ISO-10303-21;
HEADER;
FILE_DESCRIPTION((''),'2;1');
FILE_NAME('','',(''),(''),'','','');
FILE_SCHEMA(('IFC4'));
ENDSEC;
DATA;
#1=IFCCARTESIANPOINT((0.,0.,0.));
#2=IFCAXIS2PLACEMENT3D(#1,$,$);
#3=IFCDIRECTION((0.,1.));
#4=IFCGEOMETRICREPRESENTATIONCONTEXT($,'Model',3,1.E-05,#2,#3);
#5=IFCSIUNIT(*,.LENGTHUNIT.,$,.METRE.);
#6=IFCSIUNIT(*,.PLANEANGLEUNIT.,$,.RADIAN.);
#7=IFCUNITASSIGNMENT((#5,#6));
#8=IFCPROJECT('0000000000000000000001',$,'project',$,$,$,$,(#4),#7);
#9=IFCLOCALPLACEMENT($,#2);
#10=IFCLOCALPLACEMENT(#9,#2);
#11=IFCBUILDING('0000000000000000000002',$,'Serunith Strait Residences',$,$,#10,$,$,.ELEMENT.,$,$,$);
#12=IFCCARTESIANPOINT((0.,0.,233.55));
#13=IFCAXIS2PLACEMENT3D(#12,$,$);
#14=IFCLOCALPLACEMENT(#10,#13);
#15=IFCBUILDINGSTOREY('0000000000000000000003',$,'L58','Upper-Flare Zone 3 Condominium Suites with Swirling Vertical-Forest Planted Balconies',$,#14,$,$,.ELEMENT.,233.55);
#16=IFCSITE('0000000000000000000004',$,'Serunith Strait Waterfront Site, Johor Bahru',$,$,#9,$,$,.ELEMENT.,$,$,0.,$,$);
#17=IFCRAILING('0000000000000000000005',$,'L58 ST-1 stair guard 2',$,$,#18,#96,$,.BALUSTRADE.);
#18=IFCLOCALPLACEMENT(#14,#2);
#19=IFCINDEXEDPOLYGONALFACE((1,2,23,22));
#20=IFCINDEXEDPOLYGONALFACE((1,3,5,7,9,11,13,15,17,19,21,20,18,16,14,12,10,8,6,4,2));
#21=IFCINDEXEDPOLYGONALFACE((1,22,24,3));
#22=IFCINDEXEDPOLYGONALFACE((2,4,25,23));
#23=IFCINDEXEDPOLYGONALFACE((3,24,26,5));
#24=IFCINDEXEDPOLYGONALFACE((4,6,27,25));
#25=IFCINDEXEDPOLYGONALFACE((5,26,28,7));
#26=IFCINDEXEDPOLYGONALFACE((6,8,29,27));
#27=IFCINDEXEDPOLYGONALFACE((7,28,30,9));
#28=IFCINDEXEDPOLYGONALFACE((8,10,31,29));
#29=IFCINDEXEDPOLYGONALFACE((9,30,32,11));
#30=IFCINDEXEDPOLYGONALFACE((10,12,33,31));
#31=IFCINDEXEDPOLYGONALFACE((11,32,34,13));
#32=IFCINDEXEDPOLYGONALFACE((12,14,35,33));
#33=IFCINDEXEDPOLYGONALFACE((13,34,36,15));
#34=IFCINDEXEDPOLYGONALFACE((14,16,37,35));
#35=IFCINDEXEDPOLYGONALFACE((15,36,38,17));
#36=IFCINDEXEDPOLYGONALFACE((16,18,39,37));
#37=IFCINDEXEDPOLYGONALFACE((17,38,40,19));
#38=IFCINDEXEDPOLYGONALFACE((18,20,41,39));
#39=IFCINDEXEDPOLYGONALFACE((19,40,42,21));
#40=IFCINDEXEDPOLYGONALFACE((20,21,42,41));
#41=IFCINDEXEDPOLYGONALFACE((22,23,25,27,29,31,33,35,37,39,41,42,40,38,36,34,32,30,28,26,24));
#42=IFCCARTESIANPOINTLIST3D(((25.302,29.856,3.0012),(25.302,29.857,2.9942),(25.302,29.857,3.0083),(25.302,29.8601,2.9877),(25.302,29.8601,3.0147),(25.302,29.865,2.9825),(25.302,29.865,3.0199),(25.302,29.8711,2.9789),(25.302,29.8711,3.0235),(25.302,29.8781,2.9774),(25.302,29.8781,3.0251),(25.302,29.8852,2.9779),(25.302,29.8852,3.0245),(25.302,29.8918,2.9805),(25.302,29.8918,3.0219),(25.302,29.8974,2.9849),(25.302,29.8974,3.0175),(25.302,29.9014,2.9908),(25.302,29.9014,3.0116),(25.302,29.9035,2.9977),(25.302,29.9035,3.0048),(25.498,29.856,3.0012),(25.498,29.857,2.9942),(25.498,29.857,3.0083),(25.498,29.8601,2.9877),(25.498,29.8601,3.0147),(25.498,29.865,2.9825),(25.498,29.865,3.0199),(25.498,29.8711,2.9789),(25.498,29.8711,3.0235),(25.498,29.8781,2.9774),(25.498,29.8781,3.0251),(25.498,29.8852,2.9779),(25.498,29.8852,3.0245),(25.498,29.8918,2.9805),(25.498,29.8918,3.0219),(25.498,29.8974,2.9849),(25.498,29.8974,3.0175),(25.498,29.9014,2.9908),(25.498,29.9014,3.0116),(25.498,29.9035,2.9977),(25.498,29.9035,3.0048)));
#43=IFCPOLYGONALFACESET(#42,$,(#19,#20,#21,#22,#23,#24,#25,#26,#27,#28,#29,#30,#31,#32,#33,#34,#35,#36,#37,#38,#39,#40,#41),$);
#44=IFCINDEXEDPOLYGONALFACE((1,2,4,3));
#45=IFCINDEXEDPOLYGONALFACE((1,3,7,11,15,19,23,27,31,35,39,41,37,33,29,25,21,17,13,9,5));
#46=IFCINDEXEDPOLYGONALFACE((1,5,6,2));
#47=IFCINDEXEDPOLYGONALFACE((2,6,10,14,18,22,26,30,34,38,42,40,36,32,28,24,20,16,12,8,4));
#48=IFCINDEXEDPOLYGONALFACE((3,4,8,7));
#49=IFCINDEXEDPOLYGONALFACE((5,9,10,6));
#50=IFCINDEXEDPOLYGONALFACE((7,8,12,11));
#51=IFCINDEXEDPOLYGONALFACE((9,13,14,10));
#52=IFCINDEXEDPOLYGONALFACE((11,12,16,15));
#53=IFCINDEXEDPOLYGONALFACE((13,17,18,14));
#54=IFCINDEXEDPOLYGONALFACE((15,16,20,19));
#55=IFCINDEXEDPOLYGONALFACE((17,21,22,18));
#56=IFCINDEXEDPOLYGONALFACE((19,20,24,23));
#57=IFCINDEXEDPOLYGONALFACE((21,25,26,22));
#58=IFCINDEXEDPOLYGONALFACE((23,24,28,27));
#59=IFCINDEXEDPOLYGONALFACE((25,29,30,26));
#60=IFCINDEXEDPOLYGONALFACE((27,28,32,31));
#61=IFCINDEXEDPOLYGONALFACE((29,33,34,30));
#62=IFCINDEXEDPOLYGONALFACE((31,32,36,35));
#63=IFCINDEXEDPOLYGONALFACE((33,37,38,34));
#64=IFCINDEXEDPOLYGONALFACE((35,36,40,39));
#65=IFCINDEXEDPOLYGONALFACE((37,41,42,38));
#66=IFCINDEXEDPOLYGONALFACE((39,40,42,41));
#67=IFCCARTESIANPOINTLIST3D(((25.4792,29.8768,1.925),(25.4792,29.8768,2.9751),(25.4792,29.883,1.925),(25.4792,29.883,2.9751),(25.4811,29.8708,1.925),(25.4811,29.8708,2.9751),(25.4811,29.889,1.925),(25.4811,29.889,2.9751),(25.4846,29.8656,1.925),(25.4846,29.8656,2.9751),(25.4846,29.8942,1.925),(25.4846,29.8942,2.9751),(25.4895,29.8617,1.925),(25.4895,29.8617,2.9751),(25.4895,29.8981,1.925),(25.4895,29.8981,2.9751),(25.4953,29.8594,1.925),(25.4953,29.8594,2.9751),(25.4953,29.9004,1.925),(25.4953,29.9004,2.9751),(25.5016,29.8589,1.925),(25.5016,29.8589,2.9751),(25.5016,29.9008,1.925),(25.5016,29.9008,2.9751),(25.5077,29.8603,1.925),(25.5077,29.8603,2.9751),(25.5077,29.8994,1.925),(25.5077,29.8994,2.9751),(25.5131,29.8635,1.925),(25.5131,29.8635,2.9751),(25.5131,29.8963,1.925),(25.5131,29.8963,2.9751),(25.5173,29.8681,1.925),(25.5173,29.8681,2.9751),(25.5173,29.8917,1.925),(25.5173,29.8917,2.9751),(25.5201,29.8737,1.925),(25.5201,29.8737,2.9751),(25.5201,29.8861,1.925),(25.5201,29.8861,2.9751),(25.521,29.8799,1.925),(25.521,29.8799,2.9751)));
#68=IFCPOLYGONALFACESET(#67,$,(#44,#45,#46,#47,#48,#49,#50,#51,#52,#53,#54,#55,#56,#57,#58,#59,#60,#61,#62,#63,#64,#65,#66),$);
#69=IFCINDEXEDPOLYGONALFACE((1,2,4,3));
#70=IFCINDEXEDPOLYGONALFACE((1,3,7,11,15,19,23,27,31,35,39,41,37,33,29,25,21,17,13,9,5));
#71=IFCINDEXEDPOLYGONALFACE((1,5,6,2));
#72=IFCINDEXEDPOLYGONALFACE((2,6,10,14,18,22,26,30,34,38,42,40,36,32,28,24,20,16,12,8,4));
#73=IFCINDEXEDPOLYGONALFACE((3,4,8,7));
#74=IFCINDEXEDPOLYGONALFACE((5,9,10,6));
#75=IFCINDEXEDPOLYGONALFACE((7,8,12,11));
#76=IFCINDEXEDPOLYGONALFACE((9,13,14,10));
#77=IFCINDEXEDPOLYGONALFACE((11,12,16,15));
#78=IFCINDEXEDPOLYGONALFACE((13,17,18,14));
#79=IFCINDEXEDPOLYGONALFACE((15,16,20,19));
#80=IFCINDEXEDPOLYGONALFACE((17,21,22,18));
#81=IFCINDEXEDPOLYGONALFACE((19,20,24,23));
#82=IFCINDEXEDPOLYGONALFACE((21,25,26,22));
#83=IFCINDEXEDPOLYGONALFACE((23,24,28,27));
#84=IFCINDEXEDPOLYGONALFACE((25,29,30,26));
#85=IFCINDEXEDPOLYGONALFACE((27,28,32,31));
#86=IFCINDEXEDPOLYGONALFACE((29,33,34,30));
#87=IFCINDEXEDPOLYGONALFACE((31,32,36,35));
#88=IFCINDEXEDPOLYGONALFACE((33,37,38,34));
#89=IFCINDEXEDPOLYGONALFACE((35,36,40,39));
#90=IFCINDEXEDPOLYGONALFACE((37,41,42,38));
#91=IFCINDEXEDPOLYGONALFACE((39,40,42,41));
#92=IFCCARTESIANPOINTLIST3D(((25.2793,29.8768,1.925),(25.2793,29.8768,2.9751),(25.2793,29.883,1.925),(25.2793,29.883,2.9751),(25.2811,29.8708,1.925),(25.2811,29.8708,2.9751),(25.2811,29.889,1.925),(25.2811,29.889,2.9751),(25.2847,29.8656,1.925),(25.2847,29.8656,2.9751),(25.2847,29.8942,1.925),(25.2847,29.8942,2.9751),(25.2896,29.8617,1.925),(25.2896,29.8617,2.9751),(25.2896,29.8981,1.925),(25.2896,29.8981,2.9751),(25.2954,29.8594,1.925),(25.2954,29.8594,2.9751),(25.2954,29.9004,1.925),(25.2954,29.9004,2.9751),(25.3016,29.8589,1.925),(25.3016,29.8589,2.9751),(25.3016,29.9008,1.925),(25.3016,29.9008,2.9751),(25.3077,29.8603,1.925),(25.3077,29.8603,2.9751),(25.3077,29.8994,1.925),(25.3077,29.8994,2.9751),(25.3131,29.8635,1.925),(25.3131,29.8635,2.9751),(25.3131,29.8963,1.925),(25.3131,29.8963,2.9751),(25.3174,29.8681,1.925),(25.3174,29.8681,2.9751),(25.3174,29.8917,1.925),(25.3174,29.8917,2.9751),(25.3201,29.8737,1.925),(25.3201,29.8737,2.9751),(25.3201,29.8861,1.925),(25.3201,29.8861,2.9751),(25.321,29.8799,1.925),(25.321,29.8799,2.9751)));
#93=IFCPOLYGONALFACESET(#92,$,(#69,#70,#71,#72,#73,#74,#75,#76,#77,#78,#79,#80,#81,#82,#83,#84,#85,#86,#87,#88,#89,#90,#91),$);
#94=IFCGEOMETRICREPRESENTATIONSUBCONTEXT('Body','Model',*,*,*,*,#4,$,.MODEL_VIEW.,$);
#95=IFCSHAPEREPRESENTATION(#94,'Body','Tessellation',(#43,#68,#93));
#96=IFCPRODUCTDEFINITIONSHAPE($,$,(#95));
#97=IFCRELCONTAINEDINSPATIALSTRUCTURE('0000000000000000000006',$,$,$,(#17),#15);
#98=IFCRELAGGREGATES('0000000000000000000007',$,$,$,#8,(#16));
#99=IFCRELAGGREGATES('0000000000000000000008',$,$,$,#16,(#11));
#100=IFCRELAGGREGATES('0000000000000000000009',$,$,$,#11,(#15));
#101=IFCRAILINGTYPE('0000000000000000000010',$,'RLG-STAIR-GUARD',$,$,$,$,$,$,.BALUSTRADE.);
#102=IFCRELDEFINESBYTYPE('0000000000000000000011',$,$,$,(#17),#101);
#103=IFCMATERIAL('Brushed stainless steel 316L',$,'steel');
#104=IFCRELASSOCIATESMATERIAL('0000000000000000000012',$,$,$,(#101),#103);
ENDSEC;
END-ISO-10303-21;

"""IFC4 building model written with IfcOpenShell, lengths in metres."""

from ifc_helpers import new_model, si_unit, direction, frame, origin, origin_2d, place, context, subcontext, project, spatial, circle, extrude, material, type_object, element, save


model = new_model("IFC4")

# Units and contexts
model_context = context("Model", 3, precision=1e-05, world=origin(), true_north=direction((0.0, 1.0)))
body_context = subcontext(model_context, "Body", "Model", "MODEL_VIEW")
ifc_project = project(units=[si_unit("LENGTHUNIT", "METRE"), si_unit("PLANEANGLEUNIT", "RADIAN")], contexts=[model_context])

# Site, building, storey
site_placement = place(None, origin())
site = spatial("IfcSite", under=ifc_project, at=site_placement, Name="Serunith Strait Waterfront Site, Johor Bahru", CompositionType="ELEMENT", RefElevation=0.0)
building_placement = place(site_placement, origin())
building = spatial("IfcBuilding", under=site, at=building_placement, Name="Serunith Strait Residences", CompositionType="ELEMENT")
storey_placement = place(building_placement, frame((0.0, 0.0, 233.55)))
storey = spatial("IfcBuildingStorey", under=building, at=storey_placement, Name="L58", Description="Upper-Flare Zone 3 Condominium Suites with Swirling Vertical-Forest Planted Balconies", CompositionType="ELEMENT", Elevation=233.55)

# Railing
ifc_material_1 = material(Name="Brushed stainless steel 316L", Category="steel")
railing_type_1 = type_object("IfcRailingType", Name="RLG-STAIR-GUARD", PredefinedType="BALUSTRADE", material=ifc_material_1)
railing_1_placement = place(storey_placement, frame((25.5, 29.8799, 1.925)))
element("IfcRailing", 1, at=railing_1_placement, inside=storey, type_object=railing_type_1, Name="L58 ST-1 stair guard 2", PredefinedType="BALUSTRADE", context=body_context, shape_type="SweptSolid", body=[
    extrude(circle(Radius=0.0239, at=origin_2d()), frame((-0.002, 0.0, 1.0762), z_axis=(-1.0, 0.0, 0.0), x_axis=(0.0, -1.0, 0.0)), (0.0, 0.0, 1.0), 0.196),
    extrude(circle(Radius=0.021, at=origin_2d()), origin(), (0.0, 0.0, 1.0), 1.05),
    extrude(circle(Radius=0.021, at=origin_2d()), frame((-0.2, 0.0, 0.0)), (0.0, 0.0, 1.0), 1.05),
])

save(model, "model.ifc")
